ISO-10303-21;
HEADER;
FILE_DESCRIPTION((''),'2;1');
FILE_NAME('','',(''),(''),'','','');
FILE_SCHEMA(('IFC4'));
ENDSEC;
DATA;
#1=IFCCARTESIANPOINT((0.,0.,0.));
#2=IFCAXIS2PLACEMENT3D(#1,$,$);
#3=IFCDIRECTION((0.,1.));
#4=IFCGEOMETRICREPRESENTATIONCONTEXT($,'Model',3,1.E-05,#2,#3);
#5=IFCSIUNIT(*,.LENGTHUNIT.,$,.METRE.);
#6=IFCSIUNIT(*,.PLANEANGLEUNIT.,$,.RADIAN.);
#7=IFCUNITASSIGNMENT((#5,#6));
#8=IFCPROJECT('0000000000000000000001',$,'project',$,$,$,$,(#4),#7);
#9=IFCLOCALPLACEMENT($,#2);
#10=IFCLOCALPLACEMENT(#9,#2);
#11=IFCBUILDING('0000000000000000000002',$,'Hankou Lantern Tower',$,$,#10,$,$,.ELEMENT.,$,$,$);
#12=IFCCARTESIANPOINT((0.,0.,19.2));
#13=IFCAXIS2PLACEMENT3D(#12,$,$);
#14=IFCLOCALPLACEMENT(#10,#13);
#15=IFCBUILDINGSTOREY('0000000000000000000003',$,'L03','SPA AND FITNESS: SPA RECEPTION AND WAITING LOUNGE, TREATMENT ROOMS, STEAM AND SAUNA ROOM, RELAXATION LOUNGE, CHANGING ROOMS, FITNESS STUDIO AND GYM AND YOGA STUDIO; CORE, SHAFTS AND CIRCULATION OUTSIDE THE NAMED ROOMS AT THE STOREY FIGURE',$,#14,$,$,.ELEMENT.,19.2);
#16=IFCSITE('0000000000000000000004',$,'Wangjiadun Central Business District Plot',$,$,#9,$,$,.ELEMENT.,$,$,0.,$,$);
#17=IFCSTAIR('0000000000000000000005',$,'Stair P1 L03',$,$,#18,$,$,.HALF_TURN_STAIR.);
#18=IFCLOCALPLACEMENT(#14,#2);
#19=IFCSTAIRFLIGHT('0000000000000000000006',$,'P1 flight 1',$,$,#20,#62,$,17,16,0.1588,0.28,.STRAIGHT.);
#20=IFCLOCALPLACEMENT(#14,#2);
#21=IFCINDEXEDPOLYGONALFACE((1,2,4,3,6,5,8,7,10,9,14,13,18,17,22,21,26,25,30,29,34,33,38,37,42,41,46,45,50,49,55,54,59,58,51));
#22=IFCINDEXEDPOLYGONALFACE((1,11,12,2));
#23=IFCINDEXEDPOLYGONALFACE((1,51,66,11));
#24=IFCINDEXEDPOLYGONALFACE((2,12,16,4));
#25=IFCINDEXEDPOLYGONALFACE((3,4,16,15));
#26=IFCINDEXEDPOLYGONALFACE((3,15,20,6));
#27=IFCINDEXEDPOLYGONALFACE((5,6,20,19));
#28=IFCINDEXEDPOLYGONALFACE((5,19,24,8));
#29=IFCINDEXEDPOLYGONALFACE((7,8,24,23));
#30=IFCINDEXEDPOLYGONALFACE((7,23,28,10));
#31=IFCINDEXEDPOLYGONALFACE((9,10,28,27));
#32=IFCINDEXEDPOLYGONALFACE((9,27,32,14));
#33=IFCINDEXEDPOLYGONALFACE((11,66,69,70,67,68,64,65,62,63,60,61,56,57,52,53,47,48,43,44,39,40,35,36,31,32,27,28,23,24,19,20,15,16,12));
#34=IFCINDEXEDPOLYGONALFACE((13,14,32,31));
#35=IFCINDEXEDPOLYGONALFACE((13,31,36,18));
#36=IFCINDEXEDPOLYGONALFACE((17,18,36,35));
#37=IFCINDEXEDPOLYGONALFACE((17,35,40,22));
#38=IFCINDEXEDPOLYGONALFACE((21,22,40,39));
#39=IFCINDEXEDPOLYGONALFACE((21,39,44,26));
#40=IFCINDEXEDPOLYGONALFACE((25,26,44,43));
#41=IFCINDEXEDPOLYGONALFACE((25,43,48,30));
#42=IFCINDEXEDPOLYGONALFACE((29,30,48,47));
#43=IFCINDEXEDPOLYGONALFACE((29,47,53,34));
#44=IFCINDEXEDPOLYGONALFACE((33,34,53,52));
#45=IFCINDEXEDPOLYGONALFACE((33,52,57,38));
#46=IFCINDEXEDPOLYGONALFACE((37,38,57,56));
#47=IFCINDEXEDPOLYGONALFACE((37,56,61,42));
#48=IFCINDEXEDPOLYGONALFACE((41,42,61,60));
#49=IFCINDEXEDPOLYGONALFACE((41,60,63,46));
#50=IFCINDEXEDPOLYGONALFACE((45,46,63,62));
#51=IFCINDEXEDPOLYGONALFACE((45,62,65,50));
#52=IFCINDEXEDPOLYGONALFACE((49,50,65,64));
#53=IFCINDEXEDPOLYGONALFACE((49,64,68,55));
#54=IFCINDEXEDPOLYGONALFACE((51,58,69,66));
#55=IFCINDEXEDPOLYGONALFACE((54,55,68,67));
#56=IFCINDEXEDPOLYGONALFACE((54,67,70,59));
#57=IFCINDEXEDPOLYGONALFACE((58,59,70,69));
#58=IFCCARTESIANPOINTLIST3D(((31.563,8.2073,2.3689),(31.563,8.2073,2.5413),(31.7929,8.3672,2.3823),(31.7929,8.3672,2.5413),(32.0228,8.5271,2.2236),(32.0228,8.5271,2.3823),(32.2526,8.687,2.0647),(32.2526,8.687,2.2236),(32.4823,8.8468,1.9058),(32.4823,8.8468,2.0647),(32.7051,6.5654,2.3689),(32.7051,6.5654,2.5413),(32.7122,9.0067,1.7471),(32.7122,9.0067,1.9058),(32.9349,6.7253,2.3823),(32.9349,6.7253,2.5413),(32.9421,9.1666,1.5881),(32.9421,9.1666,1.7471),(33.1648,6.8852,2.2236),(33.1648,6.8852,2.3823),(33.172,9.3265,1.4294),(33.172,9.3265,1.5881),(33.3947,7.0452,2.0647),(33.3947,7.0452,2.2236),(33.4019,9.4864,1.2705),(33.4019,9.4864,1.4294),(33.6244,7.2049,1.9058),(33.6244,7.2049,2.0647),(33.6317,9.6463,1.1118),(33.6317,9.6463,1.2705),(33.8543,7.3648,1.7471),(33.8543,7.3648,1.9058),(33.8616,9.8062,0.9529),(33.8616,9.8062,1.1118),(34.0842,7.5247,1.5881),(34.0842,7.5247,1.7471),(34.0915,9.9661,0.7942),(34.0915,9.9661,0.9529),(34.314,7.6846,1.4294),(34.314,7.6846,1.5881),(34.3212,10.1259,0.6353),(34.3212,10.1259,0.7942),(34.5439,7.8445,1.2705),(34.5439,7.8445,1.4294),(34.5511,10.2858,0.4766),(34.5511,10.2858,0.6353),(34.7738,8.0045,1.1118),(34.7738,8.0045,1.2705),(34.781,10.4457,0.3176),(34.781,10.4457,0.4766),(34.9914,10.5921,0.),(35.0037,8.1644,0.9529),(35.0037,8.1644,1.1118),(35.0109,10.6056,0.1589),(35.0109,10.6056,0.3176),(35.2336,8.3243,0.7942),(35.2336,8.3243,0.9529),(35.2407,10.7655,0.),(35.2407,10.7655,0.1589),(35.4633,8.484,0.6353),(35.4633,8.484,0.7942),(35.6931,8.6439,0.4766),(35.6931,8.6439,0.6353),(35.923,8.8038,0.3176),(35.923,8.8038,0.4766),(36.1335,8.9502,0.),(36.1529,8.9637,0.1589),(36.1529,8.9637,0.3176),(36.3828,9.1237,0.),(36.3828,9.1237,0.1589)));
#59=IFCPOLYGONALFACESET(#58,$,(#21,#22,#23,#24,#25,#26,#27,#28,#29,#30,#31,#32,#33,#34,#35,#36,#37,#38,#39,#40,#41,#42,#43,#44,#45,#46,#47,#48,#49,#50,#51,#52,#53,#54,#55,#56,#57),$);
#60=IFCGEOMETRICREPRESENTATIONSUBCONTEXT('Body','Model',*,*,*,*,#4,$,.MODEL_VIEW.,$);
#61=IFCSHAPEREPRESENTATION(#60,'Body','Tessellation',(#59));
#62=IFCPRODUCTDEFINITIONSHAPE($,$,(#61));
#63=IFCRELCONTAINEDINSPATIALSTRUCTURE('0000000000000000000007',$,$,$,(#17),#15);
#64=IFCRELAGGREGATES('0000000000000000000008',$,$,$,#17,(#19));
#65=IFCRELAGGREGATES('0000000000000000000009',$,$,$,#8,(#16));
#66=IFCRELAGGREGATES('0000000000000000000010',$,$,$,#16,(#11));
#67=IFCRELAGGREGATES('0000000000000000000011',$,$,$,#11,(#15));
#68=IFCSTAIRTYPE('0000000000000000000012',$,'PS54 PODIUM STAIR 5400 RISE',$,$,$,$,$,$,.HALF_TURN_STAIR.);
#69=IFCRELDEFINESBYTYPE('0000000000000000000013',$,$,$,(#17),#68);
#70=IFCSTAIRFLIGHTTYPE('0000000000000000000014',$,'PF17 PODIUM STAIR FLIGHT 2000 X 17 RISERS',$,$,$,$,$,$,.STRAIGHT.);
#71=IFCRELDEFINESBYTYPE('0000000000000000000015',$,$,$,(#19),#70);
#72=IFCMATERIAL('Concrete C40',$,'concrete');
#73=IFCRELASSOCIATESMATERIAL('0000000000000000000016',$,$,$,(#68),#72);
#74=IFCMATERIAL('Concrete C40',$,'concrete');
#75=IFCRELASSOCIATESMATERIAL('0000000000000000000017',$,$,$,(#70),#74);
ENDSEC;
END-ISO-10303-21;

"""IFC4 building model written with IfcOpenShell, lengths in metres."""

from ifc_helpers import new_model, si_unit, direction, frame, origin, place, context, subcontext, project, spatial, polyline, outline, extrude, material, type_object, element, aggregate, save


model = new_model("IFC4")

# Units and contexts
model_context = context("Model", 3, precision=1e-05, world=origin(), true_north=direction((0.0, 1.0)))
body_context = subcontext(model_context, "Body", "Model", "MODEL_VIEW")
ifc_project = project(units=[si_unit("LENGTHUNIT", "METRE"), si_unit("PLANEANGLEUNIT", "RADIAN")], contexts=[model_context])

# Site, building, storey
site_placement = place(None, origin())
site = spatial("IfcSite", under=ifc_project, at=site_placement, Name="Wangjiadun Central Business District Plot", CompositionType="ELEMENT", RefElevation=0.0)
building_placement = place(site_placement, origin())
building = spatial("IfcBuilding", under=site, at=building_placement, Name="Hankou Lantern Tower", CompositionType="ELEMENT")
storey_placement = place(building_placement, frame((0.0, 0.0, 19.2)))
storey = spatial("IfcBuildingStorey", under=building, at=storey_placement, Name="L03", Description="SPA AND FITNESS: SPA RECEPTION AND WAITING LOUNGE, TREATMENT ROOMS, STEAM AND SAUNA ROOM, RELAXATION LOUNGE, CHANGING ROOMS, FITNESS STUDIO AND GYM AND YOGA STUDIO; CORE, SHAFTS AND CIRCULATION OUTSIDE THE NAMED ROOMS AT THE STOREY FIGURE", CompositionType="ELEMENT", Elevation=19.2)

# Stair, stair flight
ifc_material_1 = material(Name="Concrete C40", Category="concrete")
stair_type = type_object("IfcStairType", Name="PS54 PODIUM STAIR 5400 RISE", PredefinedType="HALF_TURN_STAIR", material=ifc_material_1)
stair_placement = place(storey_placement, origin())
stair = element("IfcStair", 1, at=stair_placement, inside=storey, type_object=stair_type, Name="Stair P1 L03", PredefinedType="HALF_TURN_STAIR")
ifc_material_2 = material(Name="Concrete C40", Category="concrete")
stair_flight_type = type_object("IfcStairFlightType", Name="PF17 PODIUM STAIR FLIGHT 2000 X 17 RISERS", PredefinedType="STRAIGHT", material=ifc_material_2)
stair_flight_placement = place(storey_placement, frame((35.8118, 9.9446, 0.0), z_axis=(0.0, 0.0, 1.0), x_axis=(-0.820927, -0.571033, 0.0)))
stair_flight = element("IfcStairFlight", 2, at=stair_flight_placement, type_object=stair_flight_type, Name="P1 flight 1", NumberOfRisers=17, NumberOfTreads=16, PredefinedType="STRAIGHT", RiserHeight=0.1588, TreadLength=0.28, context=body_context, shape_type="SweptSolid", body=[
    extrude(outline(polyline([(0.0, 0.0), (0.0, 0.1589), (0.28, 0.1589), (0.28, 0.3176), (0.5601, 0.3176), (0.5601, 0.4766), (0.8401, 0.4766), (0.8401, 0.6353), (1.1201, 0.6353), (1.1201, 0.7942), (1.3999, 0.7942), (1.3999, 0.9529), (1.6799, 0.9529), (1.6799, 1.1118), (1.96, 1.1118), (1.96, 1.2705), (2.24, 1.2705), (2.24, 1.4294), (2.52, 1.4294), (2.52, 1.5881), (2.8, 1.5881), (2.8, 1.7471), (3.0801, 1.7471), (3.0801, 1.9058), (3.3601, 1.9058), (3.3601, 2.0647), (3.6399, 2.0647), (3.6399, 2.2236), (3.9199, 2.2236), (3.9199, 2.3823), (4.2, 2.3823), (4.2, 2.5413), (4.48, 2.5413), (4.48, 2.7), (4.48, 2.3689), (0.3037, 0.0), (0.0, 0.0)])), frame((0.0, 1.0, 0.0), z_axis=(0.0, -1.0, 0.0), x_axis=(1.0, 0.0, 0.0)), (0.0, 0.0, 1.0), 2.0),
])
aggregate(stair, [stair_flight])

save(model, "model.ifc")
